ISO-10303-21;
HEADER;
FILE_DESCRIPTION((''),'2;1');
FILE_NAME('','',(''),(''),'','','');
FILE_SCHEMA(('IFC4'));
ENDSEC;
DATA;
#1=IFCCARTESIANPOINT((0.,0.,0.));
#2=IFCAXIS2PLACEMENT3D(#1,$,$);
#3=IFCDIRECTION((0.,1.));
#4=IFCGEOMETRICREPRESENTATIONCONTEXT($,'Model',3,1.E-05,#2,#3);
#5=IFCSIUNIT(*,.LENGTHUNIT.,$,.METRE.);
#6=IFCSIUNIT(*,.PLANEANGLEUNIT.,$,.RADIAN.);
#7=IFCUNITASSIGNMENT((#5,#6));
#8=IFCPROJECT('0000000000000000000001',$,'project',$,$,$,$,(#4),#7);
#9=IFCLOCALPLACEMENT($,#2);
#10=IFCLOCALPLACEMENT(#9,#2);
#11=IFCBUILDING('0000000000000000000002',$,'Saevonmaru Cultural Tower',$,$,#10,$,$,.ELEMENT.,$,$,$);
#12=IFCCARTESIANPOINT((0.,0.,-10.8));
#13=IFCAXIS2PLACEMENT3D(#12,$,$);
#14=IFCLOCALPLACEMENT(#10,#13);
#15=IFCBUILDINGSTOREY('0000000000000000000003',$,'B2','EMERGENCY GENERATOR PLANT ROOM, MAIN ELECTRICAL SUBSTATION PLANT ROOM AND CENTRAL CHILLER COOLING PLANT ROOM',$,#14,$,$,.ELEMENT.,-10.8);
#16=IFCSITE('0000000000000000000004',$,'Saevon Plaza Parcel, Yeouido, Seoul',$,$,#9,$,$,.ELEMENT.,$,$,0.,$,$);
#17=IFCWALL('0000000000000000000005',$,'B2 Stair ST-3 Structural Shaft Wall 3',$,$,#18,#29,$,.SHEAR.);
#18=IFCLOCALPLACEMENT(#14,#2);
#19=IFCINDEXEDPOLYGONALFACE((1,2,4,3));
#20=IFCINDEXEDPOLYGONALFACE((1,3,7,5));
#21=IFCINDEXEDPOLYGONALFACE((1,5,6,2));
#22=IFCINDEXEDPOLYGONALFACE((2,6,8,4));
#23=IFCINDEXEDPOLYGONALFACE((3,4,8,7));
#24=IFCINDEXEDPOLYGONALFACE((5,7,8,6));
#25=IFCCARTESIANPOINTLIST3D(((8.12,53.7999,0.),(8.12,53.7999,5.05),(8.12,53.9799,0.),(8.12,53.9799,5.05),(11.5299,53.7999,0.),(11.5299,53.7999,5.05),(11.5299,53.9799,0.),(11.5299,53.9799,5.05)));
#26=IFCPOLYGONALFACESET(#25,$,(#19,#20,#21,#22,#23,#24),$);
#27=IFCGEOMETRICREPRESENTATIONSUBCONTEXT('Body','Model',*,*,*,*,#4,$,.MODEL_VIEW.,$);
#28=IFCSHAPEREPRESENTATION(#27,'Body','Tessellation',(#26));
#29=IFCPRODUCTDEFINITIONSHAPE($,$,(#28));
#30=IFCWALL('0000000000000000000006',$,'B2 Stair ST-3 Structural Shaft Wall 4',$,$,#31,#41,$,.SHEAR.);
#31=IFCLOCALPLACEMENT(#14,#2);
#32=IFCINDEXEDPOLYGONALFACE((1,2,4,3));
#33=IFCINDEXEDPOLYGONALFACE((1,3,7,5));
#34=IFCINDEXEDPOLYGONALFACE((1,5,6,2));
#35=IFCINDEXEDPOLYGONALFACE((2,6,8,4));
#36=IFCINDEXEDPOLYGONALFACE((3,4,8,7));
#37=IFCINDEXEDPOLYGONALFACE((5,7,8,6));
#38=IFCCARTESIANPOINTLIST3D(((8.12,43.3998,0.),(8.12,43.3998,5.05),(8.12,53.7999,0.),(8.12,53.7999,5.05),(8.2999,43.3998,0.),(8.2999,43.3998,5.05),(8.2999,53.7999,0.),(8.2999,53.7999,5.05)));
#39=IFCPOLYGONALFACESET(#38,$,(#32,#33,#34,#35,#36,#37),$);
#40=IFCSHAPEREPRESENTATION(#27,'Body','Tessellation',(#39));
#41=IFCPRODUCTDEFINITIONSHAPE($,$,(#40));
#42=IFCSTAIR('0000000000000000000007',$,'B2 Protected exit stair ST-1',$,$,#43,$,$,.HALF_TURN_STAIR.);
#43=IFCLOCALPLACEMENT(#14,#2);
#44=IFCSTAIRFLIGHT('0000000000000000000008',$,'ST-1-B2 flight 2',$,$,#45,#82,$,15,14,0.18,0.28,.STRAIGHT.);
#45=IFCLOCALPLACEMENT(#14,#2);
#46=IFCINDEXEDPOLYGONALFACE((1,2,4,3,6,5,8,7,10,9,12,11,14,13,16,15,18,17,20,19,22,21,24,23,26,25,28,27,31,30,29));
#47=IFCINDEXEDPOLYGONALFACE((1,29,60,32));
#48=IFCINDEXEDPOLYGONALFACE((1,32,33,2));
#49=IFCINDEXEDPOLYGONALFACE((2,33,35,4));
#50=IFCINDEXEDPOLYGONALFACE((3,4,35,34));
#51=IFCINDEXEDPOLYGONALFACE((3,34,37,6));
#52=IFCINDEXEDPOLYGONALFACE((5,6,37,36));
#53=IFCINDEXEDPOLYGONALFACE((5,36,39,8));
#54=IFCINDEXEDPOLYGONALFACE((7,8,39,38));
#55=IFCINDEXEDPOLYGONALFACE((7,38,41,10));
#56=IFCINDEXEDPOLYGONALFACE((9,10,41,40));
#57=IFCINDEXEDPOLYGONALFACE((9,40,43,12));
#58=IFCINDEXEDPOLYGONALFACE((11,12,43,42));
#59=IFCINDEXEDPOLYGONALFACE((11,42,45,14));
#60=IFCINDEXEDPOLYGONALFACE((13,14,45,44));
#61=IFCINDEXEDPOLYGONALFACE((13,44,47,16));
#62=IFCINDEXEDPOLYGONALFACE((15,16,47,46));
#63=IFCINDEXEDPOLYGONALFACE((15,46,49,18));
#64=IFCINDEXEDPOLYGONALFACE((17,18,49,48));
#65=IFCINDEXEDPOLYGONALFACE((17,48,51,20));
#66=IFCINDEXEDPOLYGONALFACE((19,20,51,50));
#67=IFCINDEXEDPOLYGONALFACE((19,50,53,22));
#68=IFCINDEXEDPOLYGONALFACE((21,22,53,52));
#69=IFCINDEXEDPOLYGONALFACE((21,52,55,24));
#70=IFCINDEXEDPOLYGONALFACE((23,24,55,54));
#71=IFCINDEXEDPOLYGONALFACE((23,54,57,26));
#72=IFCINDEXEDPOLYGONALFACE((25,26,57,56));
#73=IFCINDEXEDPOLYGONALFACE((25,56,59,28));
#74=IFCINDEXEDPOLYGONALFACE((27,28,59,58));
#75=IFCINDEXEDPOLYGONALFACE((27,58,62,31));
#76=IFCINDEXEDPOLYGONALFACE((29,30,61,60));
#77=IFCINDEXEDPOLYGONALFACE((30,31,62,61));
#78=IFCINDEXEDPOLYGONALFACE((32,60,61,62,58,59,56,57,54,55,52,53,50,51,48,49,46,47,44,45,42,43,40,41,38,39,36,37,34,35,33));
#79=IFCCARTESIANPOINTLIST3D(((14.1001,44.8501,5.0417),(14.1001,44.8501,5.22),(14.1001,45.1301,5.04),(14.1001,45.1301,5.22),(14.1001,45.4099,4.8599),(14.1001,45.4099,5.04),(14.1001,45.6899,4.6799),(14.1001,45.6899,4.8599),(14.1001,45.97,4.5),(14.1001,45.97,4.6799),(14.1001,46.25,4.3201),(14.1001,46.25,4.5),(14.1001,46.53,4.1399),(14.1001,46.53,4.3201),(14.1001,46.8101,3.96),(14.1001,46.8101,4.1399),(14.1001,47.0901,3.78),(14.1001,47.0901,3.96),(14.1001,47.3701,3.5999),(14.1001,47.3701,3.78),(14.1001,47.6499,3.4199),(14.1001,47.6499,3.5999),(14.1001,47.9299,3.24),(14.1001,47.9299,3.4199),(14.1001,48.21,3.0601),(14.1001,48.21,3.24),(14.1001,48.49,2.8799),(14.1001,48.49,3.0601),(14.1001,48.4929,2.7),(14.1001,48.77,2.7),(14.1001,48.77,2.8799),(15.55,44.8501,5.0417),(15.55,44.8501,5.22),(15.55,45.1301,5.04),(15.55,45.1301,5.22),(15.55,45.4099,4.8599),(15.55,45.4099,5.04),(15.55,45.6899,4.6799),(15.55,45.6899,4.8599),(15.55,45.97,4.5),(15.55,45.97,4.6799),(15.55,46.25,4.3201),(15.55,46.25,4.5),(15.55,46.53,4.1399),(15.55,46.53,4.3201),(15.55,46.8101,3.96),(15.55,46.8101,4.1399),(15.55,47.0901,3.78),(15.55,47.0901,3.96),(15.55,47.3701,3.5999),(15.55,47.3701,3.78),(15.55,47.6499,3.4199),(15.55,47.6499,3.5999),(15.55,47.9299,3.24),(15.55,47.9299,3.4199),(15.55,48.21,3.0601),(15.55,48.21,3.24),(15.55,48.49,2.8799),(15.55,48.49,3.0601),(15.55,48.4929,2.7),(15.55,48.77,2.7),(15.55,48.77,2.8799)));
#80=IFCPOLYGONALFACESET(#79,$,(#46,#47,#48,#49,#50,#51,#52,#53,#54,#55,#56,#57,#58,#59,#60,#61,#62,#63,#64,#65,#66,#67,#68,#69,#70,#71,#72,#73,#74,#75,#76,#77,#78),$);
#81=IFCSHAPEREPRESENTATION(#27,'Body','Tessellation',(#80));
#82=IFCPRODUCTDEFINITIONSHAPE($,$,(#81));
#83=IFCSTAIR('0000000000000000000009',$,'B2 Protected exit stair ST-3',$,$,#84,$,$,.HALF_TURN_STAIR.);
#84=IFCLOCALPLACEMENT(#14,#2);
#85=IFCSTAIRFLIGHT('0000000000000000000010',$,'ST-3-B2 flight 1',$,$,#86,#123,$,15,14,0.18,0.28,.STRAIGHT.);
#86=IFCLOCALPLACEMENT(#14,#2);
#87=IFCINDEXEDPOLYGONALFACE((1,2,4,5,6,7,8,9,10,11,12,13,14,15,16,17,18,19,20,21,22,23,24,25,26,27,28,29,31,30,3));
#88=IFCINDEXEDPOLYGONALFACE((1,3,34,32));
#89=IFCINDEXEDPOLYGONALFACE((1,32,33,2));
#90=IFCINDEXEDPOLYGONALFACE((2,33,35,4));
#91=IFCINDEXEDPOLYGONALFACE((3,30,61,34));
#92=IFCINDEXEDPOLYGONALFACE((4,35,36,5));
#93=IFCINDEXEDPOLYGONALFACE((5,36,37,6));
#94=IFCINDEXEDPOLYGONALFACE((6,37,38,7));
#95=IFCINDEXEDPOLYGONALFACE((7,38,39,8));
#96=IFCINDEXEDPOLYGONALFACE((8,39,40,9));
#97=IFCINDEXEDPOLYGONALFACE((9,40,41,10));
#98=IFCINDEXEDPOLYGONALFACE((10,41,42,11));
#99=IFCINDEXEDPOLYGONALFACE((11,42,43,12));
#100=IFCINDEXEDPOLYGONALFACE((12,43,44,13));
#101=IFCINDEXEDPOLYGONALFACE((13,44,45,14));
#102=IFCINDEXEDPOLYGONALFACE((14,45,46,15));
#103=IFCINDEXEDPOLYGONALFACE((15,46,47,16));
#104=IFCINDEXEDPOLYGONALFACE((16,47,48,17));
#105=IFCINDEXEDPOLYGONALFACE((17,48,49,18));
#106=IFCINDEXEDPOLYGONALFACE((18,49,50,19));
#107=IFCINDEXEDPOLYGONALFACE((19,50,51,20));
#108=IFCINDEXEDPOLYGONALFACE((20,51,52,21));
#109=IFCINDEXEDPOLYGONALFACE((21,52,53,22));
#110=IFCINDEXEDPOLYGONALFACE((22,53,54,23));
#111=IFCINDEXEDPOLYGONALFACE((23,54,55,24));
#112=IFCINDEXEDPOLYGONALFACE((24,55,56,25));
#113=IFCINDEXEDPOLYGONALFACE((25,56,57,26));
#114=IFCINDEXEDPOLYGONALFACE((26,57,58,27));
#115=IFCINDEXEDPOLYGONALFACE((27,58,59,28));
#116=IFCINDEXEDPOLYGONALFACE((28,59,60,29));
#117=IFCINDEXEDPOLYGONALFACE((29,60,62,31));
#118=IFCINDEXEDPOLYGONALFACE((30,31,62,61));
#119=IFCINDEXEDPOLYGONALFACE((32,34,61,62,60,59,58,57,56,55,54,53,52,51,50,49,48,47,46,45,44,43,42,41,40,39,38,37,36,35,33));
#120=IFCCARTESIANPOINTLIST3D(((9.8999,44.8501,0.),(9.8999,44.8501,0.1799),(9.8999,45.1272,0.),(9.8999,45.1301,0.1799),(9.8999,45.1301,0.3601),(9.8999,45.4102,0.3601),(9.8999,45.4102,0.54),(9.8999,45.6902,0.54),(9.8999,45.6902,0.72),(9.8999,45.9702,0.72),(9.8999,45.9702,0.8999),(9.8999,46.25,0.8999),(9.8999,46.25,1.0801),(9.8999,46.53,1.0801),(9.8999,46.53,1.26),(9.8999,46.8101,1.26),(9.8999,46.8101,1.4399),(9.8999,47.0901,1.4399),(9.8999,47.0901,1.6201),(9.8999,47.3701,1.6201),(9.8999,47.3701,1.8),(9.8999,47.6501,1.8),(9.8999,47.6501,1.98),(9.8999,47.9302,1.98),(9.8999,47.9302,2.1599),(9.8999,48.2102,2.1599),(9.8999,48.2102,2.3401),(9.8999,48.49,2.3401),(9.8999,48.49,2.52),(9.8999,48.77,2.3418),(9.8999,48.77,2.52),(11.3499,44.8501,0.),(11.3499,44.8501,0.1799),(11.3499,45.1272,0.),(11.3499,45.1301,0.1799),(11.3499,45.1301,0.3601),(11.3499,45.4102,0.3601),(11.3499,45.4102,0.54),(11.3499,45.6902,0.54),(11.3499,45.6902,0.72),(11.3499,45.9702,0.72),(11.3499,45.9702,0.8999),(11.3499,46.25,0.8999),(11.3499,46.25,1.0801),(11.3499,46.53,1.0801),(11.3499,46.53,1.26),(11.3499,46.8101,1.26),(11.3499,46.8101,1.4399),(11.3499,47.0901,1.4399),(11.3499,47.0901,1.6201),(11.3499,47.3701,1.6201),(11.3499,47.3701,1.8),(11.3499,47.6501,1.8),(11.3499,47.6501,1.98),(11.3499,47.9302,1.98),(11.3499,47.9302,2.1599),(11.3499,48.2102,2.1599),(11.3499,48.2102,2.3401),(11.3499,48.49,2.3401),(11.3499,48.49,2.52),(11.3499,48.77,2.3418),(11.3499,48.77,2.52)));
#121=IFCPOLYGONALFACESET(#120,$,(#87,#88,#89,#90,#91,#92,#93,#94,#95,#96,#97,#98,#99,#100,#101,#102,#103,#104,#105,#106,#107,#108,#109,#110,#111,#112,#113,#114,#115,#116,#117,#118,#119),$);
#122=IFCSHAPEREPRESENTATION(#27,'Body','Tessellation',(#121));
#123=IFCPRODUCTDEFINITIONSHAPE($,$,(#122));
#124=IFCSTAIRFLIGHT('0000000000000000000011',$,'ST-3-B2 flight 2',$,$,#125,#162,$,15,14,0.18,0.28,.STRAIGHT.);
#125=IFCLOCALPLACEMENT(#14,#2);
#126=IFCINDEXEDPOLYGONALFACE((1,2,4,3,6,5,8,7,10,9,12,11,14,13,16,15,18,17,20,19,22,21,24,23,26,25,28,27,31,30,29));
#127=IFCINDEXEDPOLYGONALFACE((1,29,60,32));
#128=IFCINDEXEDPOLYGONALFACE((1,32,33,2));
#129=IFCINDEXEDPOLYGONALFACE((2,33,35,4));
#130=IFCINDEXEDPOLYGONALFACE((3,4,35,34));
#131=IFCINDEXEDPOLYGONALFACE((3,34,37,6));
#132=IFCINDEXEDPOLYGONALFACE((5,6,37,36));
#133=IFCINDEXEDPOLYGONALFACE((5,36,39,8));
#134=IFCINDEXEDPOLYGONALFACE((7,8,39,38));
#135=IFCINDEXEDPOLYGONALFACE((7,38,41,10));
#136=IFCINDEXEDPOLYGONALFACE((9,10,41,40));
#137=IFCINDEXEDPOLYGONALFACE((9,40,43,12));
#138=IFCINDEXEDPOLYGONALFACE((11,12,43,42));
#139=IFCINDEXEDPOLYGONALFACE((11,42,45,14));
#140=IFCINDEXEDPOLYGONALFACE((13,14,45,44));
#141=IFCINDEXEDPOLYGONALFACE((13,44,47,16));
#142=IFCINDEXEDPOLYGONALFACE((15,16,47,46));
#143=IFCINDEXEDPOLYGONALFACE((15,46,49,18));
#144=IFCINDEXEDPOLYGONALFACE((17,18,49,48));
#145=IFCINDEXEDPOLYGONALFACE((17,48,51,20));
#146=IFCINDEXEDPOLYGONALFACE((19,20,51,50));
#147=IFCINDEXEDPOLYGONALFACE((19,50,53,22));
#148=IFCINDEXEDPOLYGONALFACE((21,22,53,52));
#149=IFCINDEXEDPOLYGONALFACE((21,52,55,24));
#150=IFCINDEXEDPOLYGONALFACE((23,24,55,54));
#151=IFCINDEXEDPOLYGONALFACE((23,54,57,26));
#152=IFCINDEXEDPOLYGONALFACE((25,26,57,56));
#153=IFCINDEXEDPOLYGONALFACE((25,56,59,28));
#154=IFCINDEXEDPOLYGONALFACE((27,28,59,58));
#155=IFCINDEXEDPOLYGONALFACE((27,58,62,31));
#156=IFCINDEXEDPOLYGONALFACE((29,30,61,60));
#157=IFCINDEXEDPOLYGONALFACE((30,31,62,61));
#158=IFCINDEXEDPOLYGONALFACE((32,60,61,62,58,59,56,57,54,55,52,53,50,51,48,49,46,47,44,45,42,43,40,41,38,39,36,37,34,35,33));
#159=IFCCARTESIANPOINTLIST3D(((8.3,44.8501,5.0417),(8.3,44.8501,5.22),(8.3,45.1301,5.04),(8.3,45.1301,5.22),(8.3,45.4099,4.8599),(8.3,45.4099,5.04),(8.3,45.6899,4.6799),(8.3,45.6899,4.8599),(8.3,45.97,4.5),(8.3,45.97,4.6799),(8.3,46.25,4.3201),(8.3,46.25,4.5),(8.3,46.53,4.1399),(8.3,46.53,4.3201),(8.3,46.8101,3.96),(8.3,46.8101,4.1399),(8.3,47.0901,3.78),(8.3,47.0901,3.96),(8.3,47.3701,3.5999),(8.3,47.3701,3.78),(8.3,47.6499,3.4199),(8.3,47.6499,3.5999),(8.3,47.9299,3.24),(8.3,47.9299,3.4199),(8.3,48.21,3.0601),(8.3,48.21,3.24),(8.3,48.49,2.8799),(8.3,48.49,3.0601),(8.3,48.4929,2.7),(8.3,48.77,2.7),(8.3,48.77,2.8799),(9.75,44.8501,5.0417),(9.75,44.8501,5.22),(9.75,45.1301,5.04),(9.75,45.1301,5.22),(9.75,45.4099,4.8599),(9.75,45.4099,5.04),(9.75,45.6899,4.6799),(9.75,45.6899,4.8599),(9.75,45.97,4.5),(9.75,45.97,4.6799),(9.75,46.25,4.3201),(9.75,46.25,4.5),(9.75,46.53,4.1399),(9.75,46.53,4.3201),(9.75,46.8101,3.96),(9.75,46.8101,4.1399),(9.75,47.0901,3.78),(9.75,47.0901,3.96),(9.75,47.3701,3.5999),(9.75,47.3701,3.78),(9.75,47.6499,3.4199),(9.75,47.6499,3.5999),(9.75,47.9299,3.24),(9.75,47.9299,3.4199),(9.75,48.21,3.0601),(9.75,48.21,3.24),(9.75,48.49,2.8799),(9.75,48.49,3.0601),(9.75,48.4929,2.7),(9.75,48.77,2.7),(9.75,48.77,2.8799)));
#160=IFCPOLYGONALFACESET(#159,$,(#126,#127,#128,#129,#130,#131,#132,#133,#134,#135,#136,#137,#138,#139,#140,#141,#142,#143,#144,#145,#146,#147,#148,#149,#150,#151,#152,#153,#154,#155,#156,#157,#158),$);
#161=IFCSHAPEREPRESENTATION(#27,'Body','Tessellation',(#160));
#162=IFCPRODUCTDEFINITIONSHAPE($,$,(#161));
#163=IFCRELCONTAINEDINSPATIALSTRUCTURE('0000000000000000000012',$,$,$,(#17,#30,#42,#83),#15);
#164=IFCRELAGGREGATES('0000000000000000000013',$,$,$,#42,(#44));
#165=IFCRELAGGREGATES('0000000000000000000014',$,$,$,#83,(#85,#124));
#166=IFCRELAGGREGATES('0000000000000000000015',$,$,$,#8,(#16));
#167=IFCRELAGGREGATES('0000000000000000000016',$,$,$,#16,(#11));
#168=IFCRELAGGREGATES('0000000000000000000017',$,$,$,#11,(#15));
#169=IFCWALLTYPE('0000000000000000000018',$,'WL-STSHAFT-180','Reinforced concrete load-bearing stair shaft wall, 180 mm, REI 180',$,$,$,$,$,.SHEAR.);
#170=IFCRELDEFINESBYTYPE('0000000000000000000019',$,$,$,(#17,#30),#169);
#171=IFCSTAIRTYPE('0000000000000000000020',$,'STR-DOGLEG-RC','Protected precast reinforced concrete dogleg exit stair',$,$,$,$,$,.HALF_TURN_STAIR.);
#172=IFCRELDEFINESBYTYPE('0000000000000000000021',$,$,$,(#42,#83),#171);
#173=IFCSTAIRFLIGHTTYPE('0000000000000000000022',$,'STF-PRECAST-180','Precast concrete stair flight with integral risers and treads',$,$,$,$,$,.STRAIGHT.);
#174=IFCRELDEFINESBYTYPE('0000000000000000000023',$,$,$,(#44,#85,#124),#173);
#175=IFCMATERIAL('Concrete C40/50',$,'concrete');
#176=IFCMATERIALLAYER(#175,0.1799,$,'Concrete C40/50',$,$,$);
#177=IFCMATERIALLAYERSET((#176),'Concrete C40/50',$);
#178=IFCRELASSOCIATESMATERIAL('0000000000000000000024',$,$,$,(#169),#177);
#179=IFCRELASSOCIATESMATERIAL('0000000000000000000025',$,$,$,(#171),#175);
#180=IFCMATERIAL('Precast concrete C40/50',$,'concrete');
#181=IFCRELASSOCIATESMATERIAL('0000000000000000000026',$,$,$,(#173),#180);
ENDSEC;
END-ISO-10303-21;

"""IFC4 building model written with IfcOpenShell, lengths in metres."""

from ifc_helpers import new_model, si_unit, direction, frame, frame_2d, origin, place, context, subcontext, project, spatial, polyline, rectangle, outline, extrude, material, layer, layer_set, type_object, element, aggregate, save


model = new_model("IFC4")

# Units and contexts
model_context = context("Model", 3, precision=1e-05, world=origin(), true_north=direction((0.0, 1.0)))
body_context = subcontext(model_context, "Body", "Model", "MODEL_VIEW")
ifc_project = project(units=[si_unit("LENGTHUNIT", "METRE"), si_unit("PLANEANGLEUNIT", "RADIAN")], contexts=[model_context])

# Site, building, storey
site_placement = place(None, origin())
site = spatial("IfcSite", under=ifc_project, at=site_placement, Name="Saevon Plaza Parcel, Yeouido, Seoul", CompositionType="ELEMENT", RefElevation=0.0)
building_placement = place(site_placement, origin())
building = spatial("IfcBuilding", under=site, at=building_placement, Name="Saevonmaru Cultural Tower", CompositionType="ELEMENT")
storey_placement = place(building_placement, frame((0.0, 0.0, -10.8)))
storey = spatial("IfcBuildingStorey", under=building, at=storey_placement, Name="B2", Description="EMERGENCY GENERATOR PLANT ROOM, MAIN ELECTRICAL SUBSTATION PLANT ROOM AND CENTRAL CHILLER COOLING PLANT ROOM", CompositionType="ELEMENT", Elevation=-10.8)

# Walls
ifc_material_1 = material(Name="Concrete C40/50", Category="concrete")
ifc_layer_1 = layer(ifc_material_1, 0.1799, Name="Concrete C40/50")
ifc_layer_set_1 = layer_set([ifc_layer_1], Name="Concrete C40/50")
wall_type_1 = type_object("IfcWallType", Name="WL-STSHAFT-180", Description="Reinforced concrete load-bearing stair shaft wall, 180 mm, REI 180", PredefinedType="SHEAR", material=ifc_layer_set_1)
wall_1_placement = place(storey_placement, frame((11.53, 53.8899, 0.0), z_axis=(0.0, 0.0, 1.0), x_axis=(-1.0, 0.0, 0.0)))
element("IfcWall", 1, at=wall_1_placement, inside=storey, type_object=wall_type_1, Name="B2 Stair ST-3 Structural Shaft Wall 3", PredefinedType="SHEAR", context=body_context, shape_type="SweptSolid", body=[
    extrude(rectangle(XDim=3.4099, YDim=0.1799, at=frame_2d((1.7051, 0.0))), origin(), (0.0, 0.0, 1.0), 5.05),
])
wall_2_placement = place(storey_placement, frame((8.21, 53.8, 0.0), z_axis=(0.0, 0.0, 1.0), x_axis=(0.0, -1.0, 0.0)))
element("IfcWall", 2, at=wall_2_placement, inside=storey, type_object=wall_type_1, Name="B2 Stair ST-3 Structural Shaft Wall 4", PredefinedType="SHEAR", context=body_context, shape_type="SweptSolid", body=[
    extrude(rectangle(XDim=10.4001, YDim=0.1799, at=frame_2d((5.2002, 0.0))), origin(), (0.0, 0.0, 1.0), 5.05),
])

# Stair, stair flight
stair_type = type_object("IfcStairType", Name="STR-DOGLEG-RC", Description="Protected precast reinforced concrete dogleg exit stair", PredefinedType="HALF_TURN_STAIR", material=ifc_material_1)
stair_1_placement = place(storey_placement, origin())
stair_1 = element("IfcStair", 3, at=stair_1_placement, inside=storey, type_object=stair_type, Name="B2 Protected exit stair ST-1", PredefinedType="HALF_TURN_STAIR")
ifc_material_2 = material(Name="Precast concrete C40/50", Category="concrete")
stair_flight_type = type_object("IfcStairFlightType", Name="STF-PRECAST-180", Description="Precast concrete stair flight with integral risers and treads", PredefinedType="STRAIGHT", material=ifc_material_2)
stair_flight_1_placement = place(storey_placement, frame((14.825, 48.77, 2.7), z_axis=(0.0, 0.0, 1.0), x_axis=(0.0, -1.0, 0.0)))
stair_flight_1 = element("IfcStairFlight", 4, at=stair_flight_1_placement, type_object=stair_flight_type, Name="ST-1-B2 flight 2", NumberOfRisers=15, NumberOfTreads=14, PredefinedType="STRAIGHT", RiserHeight=0.18, TreadLength=0.28, context=body_context, shape_type="SweptSolid", body=[
    extrude(outline(polyline([(0.0, 0.0), (0.0, 0.1799), (0.28, 0.1799), (0.28, 0.3601), (0.5601, 0.3601), (0.5601, 0.54), (0.8401, 0.54), (0.8401, 0.72), (1.1201, 0.72), (1.1201, 0.8999), (1.3999, 0.8999), (1.3999, 1.0801), (1.6799, 1.0801), (1.6799, 1.26), (1.96, 1.26), (1.96, 1.4399), (2.24, 1.4399), (2.24, 1.6201), (2.52, 1.6201), (2.52, 1.8), (2.8, 1.8), (2.8, 1.98), (3.0801, 1.98), (3.0801, 2.1599), (3.3601, 2.1599), (3.3601, 2.3401), (3.6399, 2.3401), (3.6399, 2.52), (3.9199, 2.52), (3.9199, 2.7), (3.9199, 2.3418), (0.2771, 0.0), (0.0, 0.0)])), frame((0.0, 0.7251, 0.0), z_axis=(0.0, -1.0, 0.0), x_axis=(1.0, 0.0, 0.0)), (0.0, 0.0, 1.0), 1.45),
])
aggregate(stair_1, [stair_flight_1])

# Stair, stair flights
stair_2_placement = place(storey_placement, origin())
stair_2 = element("IfcStair", 5, at=stair_2_placement, inside=storey, type_object=stair_type, Name="B2 Protected exit stair ST-3", PredefinedType="HALF_TURN_STAIR")
stair_flight_2_placement = place(storey_placement, frame((10.625, 44.8501, 0.0), z_axis=(0.0, 0.0, 1.0), x_axis=(0.0, 1.0, 0.0)))
stair_flight_2 = element("IfcStairFlight", 6, at=stair_flight_2_placement, type_object=stair_flight_type, Name="ST-3-B2 flight 1", NumberOfRisers=15, NumberOfTreads=14, PredefinedType="STRAIGHT", RiserHeight=0.18, TreadLength=0.28, context=body_context, shape_type="SweptSolid", body=[
    extrude(outline(polyline([(0.0, 0.0), (0.0, 0.1799), (0.28, 0.1799), (0.28, 0.3601), (0.5601, 0.3601), (0.5601, 0.54), (0.8401, 0.54), (0.8401, 0.72), (1.1201, 0.72), (1.1201, 0.8999), (1.3999, 0.8999), (1.3999, 1.0801), (1.6799, 1.0801), (1.6799, 1.26), (1.96, 1.26), (1.96, 1.4399), (2.24, 1.4399), (2.24, 1.6201), (2.52, 1.6201), (2.52, 1.8), (2.8, 1.8), (2.8, 1.98), (3.0801, 1.98), (3.0801, 2.1599), (3.3601, 2.1599), (3.3601, 2.3401), (3.6399, 2.3401), (3.6399, 2.52), (3.9199, 2.52), (3.9199, 2.7), (3.9199, 2.3418), (0.2771, 0.0), (0.0, 0.0)])), frame((0.0, 0.7251, 0.0), z_axis=(0.0, -1.0, 0.0), x_axis=(1.0, 0.0, 0.0)), (0.0, 0.0, 1.0), 1.45),
])
stair_flight_3_placement = place(storey_placement, frame((9.0249, 48.77, 2.7), z_axis=(0.0, 0.0, 1.0), x_axis=(0.0, -1.0, 0.0)))
stair_flight_3 = element("IfcStairFlight", 7, at=stair_flight_3_placement, type_object=stair_flight_type, Name="ST-3-B2 flight 2", NumberOfRisers=15, NumberOfTreads=14, PredefinedType="STRAIGHT", RiserHeight=0.18, TreadLength=0.28, context=body_context, shape_type="SweptSolid", body=[
    extrude(outline(polyline([(0.0, 0.0), (0.0, 0.1799), (0.28, 0.1799), (0.28, 0.3601), (0.5601, 0.3601), (0.5601, 0.54), (0.8401, 0.54), (0.8401, 0.72), (1.1201, 0.72), (1.1201, 0.8999), (1.3999, 0.8999), (1.3999, 1.0801), (1.6799, 1.0801), (1.6799, 1.26), (1.96, 1.26), (1.96, 1.4399), (2.24, 1.4399), (2.24, 1.6201), (2.52, 1.6201), (2.52, 1.8), (2.8, 1.8), (2.8, 1.98), (3.0801, 1.98), (3.0801, 2.1599), (3.3601, 2.1599), (3.3601, 2.3401), (3.6399, 2.3401), (3.6399, 2.52), (3.9199, 2.52), (3.9199, 2.7), (3.9199, 2.3418), (0.2771, 0.0), (0.0, 0.0)])), frame((0.0, 0.7251, 0.0), z_axis=(0.0, -1.0, 0.0), x_axis=(1.0, 0.0, 0.0)), (0.0, 0.0, 1.0), 1.45),
])
aggregate(stair_2, [stair_flight_2, stair_flight_3])

save(model, "model.ifc")
